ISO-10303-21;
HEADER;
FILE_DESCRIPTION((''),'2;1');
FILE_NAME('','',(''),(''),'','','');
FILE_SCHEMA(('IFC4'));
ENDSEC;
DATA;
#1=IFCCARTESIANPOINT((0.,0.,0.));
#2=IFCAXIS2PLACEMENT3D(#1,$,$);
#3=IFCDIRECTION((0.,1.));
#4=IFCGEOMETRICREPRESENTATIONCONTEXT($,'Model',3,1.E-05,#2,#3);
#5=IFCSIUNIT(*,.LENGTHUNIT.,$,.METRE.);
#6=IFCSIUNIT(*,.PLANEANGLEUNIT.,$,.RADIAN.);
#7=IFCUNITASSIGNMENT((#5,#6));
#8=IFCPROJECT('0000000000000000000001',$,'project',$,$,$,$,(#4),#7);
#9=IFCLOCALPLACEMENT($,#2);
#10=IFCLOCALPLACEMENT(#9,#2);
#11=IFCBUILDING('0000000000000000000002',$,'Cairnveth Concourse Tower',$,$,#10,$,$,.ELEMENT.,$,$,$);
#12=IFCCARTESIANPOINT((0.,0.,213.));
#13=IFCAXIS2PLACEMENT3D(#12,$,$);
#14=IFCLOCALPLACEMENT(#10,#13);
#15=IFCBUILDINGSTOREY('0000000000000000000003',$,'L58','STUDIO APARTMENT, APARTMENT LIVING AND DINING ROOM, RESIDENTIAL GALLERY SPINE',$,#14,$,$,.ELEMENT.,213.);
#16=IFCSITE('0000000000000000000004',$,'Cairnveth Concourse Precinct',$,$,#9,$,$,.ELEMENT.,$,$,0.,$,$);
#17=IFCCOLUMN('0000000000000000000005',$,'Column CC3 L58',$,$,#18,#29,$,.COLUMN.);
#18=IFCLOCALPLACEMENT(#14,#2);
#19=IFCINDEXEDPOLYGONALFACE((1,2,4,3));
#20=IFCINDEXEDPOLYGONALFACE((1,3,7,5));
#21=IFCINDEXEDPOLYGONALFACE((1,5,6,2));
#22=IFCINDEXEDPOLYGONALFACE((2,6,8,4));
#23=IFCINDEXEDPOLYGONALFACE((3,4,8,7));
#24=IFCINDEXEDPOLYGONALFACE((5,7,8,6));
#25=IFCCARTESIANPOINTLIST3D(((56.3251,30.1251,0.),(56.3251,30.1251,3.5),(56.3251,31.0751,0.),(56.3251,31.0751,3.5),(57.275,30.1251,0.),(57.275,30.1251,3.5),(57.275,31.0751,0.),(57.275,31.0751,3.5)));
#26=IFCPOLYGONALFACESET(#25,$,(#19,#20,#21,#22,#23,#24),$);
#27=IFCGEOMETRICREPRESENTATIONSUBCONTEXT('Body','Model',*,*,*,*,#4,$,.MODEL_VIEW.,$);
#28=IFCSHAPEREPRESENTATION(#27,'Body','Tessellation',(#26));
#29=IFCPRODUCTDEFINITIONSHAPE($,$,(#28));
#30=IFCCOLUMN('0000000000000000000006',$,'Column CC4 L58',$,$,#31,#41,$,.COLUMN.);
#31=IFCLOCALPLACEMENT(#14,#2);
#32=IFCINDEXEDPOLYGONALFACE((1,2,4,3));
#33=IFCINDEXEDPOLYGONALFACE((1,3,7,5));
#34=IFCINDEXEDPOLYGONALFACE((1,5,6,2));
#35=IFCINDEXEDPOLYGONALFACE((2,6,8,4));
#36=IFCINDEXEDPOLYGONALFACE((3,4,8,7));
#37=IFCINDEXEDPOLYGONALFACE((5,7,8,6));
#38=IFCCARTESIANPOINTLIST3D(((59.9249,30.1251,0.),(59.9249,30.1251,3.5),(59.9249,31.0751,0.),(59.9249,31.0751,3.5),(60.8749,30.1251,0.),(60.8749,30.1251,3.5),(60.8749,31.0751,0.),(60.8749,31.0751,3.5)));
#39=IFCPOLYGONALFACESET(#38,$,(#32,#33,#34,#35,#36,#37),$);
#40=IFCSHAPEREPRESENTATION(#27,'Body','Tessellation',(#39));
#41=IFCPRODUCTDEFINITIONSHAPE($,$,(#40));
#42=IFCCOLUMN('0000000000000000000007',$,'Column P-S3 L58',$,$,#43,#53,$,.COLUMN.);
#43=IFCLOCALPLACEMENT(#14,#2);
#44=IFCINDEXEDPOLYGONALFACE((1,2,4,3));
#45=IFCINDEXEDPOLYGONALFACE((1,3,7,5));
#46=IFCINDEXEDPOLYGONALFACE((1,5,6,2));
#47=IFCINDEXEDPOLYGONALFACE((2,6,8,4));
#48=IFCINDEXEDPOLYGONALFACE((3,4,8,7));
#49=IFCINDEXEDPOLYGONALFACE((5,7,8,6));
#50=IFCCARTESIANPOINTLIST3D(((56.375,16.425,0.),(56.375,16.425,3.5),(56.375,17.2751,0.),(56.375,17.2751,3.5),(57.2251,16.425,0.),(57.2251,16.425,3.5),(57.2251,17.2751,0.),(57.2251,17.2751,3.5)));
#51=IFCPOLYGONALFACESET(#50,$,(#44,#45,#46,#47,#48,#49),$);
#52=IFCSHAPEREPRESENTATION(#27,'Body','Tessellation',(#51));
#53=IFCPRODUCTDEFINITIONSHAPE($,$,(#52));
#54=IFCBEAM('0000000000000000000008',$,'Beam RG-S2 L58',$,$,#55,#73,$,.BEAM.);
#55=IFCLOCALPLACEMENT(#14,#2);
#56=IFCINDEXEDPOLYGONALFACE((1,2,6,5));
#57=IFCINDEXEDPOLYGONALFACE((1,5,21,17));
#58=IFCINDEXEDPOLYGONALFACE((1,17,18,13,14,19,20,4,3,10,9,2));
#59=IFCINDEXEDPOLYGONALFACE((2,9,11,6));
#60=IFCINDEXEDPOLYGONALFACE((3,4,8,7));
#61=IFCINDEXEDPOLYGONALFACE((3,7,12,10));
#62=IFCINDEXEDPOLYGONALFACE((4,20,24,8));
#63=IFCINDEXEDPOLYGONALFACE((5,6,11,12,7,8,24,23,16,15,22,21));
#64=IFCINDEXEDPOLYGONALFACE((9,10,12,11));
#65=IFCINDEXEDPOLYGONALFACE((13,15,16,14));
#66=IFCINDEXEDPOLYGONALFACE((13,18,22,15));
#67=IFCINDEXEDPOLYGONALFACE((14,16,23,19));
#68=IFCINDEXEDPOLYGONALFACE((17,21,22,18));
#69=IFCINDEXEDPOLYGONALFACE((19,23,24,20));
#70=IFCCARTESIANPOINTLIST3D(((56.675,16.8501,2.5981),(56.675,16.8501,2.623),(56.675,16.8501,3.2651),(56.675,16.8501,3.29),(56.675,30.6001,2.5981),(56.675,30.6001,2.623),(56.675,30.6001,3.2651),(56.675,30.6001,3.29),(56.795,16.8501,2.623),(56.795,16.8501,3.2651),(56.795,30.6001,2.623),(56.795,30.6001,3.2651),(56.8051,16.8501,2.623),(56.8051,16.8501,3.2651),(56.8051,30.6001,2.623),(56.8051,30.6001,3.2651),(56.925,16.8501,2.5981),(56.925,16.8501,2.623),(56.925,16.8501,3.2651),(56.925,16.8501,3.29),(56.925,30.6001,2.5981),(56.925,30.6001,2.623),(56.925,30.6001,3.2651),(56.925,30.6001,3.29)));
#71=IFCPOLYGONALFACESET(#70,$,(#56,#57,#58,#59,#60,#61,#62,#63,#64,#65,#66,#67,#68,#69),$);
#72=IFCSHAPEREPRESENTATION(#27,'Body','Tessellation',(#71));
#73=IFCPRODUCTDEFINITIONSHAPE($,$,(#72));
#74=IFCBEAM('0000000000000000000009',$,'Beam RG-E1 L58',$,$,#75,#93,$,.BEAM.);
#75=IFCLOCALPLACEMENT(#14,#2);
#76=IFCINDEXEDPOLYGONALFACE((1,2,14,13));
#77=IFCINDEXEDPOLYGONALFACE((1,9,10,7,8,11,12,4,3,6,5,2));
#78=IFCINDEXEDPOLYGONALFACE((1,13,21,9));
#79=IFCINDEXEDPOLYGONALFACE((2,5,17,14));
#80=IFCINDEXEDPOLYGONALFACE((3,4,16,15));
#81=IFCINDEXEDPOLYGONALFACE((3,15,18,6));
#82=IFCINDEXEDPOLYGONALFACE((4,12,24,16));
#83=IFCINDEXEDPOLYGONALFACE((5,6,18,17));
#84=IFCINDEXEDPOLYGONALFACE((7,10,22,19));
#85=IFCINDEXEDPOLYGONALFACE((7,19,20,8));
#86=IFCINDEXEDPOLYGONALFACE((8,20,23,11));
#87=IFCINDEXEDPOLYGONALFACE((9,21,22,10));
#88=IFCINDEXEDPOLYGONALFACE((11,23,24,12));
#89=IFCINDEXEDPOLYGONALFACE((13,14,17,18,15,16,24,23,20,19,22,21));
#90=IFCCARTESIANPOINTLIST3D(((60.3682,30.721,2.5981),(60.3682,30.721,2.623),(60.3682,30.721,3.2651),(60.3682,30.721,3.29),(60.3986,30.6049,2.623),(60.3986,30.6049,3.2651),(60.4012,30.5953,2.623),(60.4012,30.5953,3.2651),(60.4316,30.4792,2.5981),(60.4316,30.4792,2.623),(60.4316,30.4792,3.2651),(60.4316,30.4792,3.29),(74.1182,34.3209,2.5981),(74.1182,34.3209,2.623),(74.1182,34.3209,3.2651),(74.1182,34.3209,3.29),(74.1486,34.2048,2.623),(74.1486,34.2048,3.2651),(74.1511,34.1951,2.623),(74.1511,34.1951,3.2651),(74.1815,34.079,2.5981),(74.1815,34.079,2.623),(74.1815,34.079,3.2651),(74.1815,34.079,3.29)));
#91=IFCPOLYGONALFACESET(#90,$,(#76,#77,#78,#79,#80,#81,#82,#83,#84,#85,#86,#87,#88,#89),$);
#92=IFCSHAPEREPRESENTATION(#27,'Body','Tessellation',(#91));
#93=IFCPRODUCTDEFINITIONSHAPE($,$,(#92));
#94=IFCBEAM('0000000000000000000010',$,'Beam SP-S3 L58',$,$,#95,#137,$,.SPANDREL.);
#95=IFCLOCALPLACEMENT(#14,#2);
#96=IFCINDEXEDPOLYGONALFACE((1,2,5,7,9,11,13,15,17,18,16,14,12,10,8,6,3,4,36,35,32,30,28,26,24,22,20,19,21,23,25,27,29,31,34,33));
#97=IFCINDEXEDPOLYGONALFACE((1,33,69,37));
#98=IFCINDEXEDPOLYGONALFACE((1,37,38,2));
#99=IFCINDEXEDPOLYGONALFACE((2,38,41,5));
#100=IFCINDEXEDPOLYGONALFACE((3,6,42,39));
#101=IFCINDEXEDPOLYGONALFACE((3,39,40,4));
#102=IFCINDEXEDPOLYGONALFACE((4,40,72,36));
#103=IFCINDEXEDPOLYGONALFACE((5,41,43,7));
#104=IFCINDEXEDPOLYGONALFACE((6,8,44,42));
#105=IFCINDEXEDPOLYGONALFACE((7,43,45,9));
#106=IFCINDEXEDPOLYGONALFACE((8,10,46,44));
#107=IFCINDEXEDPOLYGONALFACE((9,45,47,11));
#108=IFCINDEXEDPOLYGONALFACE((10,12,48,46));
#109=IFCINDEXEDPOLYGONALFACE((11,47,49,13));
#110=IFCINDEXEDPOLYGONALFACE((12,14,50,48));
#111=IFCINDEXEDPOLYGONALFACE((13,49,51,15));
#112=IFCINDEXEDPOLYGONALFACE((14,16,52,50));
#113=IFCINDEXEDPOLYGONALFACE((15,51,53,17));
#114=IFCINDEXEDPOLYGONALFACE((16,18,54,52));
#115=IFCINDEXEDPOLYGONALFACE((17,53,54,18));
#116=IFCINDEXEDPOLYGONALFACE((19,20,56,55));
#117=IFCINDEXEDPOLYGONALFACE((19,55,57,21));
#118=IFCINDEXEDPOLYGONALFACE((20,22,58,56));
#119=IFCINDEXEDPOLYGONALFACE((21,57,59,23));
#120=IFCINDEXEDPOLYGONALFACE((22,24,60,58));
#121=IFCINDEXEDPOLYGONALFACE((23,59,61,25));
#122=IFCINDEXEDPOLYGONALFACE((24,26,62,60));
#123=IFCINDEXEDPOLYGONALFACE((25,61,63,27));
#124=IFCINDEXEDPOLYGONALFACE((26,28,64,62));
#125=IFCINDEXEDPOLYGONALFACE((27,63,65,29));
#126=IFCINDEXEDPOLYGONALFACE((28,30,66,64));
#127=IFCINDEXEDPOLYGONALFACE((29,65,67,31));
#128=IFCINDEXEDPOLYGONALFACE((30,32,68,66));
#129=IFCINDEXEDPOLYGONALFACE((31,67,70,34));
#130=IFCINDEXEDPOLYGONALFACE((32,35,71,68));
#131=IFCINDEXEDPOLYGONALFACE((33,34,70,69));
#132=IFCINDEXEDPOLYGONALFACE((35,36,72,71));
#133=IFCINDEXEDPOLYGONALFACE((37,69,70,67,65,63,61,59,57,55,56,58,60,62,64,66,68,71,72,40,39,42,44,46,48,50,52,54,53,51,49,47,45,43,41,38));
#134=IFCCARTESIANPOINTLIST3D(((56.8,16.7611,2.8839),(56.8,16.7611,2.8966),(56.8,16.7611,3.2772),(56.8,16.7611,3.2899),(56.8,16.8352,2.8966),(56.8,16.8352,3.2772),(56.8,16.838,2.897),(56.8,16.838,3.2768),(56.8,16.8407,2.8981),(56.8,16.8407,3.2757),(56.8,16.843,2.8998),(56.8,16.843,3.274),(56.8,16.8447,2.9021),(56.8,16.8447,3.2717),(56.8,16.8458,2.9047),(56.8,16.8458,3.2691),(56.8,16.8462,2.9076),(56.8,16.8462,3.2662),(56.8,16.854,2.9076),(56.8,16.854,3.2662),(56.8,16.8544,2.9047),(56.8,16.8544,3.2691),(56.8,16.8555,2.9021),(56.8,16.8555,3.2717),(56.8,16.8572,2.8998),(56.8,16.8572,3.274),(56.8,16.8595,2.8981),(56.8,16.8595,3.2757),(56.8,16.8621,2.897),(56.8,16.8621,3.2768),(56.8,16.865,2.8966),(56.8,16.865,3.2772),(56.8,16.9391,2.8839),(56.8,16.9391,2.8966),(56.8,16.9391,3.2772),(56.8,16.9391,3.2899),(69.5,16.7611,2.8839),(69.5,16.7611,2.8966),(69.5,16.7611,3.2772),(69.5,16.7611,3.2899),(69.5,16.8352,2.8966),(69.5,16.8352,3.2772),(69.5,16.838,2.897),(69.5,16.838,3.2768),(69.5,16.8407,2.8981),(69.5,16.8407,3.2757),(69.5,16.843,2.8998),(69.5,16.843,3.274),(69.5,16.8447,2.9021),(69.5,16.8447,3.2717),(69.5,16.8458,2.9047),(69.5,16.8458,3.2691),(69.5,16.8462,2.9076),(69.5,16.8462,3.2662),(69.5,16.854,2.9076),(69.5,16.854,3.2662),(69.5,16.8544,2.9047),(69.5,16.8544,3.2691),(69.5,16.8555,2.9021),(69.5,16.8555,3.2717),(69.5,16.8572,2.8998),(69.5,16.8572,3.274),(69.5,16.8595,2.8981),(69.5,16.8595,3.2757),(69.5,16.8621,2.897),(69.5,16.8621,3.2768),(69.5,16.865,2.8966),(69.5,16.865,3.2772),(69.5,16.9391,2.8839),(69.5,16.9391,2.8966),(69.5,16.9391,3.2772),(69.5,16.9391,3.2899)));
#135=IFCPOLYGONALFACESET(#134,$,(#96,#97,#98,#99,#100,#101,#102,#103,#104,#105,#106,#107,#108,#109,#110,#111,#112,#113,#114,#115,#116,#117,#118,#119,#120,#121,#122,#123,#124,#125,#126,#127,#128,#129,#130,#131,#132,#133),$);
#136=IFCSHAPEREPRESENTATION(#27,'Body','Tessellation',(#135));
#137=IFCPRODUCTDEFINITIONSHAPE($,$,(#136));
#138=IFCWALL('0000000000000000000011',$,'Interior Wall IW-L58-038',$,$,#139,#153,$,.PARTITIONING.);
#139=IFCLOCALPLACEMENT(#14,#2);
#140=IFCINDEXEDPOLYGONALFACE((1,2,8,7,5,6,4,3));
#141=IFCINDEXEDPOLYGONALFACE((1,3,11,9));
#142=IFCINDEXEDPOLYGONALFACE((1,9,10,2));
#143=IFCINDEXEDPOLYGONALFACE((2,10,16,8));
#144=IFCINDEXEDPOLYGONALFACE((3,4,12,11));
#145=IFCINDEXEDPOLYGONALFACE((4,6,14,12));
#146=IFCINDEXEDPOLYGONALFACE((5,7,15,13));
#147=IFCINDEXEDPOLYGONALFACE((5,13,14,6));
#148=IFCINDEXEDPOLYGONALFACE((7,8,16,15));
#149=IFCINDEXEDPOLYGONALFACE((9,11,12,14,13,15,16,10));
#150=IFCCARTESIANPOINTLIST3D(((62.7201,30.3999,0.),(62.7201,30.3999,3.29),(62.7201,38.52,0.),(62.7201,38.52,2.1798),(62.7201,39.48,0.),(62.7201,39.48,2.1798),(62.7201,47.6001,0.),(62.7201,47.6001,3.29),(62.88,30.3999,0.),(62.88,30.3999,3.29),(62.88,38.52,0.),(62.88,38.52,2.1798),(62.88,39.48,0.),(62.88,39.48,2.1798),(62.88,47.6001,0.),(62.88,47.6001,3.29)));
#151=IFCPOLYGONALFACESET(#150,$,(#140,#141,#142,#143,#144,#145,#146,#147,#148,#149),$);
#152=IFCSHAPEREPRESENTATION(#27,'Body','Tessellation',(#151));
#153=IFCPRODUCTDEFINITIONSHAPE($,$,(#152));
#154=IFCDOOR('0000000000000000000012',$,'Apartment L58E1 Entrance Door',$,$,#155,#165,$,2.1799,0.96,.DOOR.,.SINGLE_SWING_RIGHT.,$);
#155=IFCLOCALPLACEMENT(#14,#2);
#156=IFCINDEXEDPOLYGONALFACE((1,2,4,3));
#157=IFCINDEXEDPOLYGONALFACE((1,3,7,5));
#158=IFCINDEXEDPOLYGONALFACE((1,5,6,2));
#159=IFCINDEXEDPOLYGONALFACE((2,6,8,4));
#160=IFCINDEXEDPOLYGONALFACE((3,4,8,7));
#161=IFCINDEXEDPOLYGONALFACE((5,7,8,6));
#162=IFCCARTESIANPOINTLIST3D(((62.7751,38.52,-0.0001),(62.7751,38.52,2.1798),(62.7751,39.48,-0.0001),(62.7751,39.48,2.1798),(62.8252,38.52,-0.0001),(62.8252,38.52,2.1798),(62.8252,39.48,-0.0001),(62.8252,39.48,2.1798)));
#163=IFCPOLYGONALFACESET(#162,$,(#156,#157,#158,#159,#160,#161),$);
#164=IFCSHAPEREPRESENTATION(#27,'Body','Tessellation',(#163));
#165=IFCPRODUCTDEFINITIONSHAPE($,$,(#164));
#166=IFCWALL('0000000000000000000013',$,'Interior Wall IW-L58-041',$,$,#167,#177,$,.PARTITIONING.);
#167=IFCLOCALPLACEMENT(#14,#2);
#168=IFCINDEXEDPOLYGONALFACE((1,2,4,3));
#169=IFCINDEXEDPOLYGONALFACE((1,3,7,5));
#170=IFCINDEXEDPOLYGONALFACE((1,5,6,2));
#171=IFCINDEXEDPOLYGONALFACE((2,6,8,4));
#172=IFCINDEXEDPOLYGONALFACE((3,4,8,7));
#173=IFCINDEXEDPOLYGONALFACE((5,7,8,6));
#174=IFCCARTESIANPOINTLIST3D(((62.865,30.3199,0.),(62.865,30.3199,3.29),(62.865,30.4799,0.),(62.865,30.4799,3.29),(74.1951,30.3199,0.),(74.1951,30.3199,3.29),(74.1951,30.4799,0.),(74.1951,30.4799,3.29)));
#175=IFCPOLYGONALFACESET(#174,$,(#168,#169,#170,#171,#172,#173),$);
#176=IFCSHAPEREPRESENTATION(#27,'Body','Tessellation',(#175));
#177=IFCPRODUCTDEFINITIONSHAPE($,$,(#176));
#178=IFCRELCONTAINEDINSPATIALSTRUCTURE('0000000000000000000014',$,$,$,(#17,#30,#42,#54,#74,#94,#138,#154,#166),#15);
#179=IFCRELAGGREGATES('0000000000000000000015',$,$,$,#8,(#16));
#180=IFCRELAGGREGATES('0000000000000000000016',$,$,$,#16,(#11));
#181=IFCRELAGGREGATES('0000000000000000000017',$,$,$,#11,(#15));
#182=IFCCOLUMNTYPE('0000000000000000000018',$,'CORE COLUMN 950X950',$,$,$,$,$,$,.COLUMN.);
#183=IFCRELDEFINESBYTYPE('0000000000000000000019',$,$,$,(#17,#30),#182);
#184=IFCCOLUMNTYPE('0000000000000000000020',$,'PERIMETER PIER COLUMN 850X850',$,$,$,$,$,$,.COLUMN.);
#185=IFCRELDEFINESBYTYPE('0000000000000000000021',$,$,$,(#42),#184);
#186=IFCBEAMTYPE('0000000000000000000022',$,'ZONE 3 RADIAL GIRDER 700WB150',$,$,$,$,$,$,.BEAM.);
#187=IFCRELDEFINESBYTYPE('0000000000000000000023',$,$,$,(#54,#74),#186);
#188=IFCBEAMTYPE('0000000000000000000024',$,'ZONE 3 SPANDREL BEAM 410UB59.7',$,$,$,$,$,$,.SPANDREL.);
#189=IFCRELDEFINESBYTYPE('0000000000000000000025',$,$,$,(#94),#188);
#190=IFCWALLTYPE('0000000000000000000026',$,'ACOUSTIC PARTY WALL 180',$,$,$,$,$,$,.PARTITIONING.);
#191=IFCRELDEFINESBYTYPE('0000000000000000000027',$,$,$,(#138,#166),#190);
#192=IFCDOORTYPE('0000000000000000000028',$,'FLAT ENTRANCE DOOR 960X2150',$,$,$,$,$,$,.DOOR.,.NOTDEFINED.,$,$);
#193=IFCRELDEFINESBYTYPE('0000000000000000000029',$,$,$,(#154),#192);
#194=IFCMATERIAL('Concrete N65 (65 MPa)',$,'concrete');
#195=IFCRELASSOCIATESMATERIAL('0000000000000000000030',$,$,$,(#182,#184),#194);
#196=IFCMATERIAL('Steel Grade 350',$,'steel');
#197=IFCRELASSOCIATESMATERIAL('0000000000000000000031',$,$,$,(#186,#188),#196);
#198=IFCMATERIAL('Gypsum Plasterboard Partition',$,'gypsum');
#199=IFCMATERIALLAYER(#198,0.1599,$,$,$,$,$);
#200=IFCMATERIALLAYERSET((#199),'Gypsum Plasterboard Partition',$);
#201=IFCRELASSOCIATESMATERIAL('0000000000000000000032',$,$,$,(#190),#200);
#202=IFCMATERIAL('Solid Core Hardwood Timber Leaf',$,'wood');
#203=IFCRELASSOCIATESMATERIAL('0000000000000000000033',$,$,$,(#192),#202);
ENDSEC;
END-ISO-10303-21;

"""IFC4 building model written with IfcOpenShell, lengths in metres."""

from ifc_helpers import new_model, si_unit, direction, frame, frame_2d, origin, origin_2d, place, context, subcontext, project, spatial, rectangle, i_section, extrude, material, layer, layer_set, material_profile, profile_set, type_object, element, fill, save


model = new_model("IFC4")

# Units and contexts
model_context = context("Model", 3, precision=1e-05, world=origin(), true_north=direction((0.0, 1.0)))
body_context = subcontext(model_context, "Body", "Model", "MODEL_VIEW")
ifc_project = project(units=[si_unit("LENGTHUNIT", "METRE"), si_unit("PLANEANGLEUNIT", "RADIAN")], contexts=[model_context])

# Site, building, storey
site_placement = place(None, origin())
site = spatial("IfcSite", under=ifc_project, at=site_placement, Name="Cairnveth Concourse Precinct", CompositionType="ELEMENT", RefElevation=0.0)
building_placement = place(site_placement, origin())
building = spatial("IfcBuilding", under=site, at=building_placement, Name="Cairnveth Concourse Tower", CompositionType="ELEMENT")
storey_placement = place(building_placement, frame((0.0, 0.0, 213.0)))
storey = spatial("IfcBuildingStorey", under=building, at=storey_placement, Name="L58", Description="STUDIO APARTMENT, APARTMENT LIVING AND DINING ROOM, RESIDENTIAL GALLERY SPINE", CompositionType="ELEMENT", Elevation=213.0)

# Columns
ifc_material_1 = material(Name="Concrete N65 (65 MPa)", Category="concrete")
ifc_material_profile_1 = material_profile(ifc_material_1, rectangle(XDim=0.95, YDim=0.95, at=origin_2d()), Name="RC-COL-950x950")
ifc_profile_set_1 = profile_set([ifc_material_profile_1], Name="Concrete N65 (65 MPa)")
column_type_1 = type_object("IfcColumnType", Name="CORE COLUMN 950X950", PredefinedType="COLUMN", material=ifc_profile_set_1)
for number, where, z_axis, x_axis, name in (
    (1, (56.8, 30.6001, 0.0), (0.0, 0.0, 1.0), (1.0, 0.0, 0.0), "Column CC3 L58"),
    (2, (60.3999, 30.6001, 0.0), (0.0, 0.0, 1.0), (1.0, 0.0, 0.0), "Column CC4 L58"),
):
    element("IfcColumn", number, at=place(storey_placement, frame(where, z_axis=z_axis, x_axis=x_axis)), inside=storey, type_object=column_type_1, Name=name, PredefinedType="COLUMN", context=body_context, shape_type="SweptSolid", body=[
        extrude(rectangle(XDim=0.95, YDim=0.95, at=origin_2d()), origin(), (0.0, 0.0, 1.0), 3.5),
    ])
ifc_material_profile_2 = material_profile(ifc_material_1, rectangle(XDim=0.8501, YDim=0.8501, at=origin_2d()), Name="RC-COL-850x850")
ifc_profile_set_2 = profile_set([ifc_material_profile_2], Name="Concrete N65 (65 MPa)")
column_type_2 = type_object("IfcColumnType", Name="PERIMETER PIER COLUMN 850X850", PredefinedType="COLUMN", material=ifc_profile_set_2)
column_placement = place(storey_placement, frame((56.8, 16.8501, 0.0), z_axis=(0.0, 0.0, 1.0), x_axis=(1.0, 0.0, 0.0)))
element("IfcColumn", 3, at=column_placement, inside=storey, type_object=column_type_2, Name="Column P-S3 L58", PredefinedType="COLUMN", context=body_context, shape_type="SweptSolid", body=[
    extrude(rectangle(XDim=0.8501, YDim=0.8501, at=origin_2d()), origin(), (0.0, 0.0, 1.0), 3.5),
])

# Beams
ifc_material_2 = material(Name="Steel Grade 350", Category="steel")
ifc_material_profile_3 = material_profile(ifc_material_2, i_section(OverallWidth=0.25, OverallDepth=0.6919, WebThickness=0.01, FlangeThickness=0.0249, at=origin_2d()), Name="700WB150")
ifc_profile_set_3 = profile_set([ifc_material_profile_3], Name="Steel Grade 350")
beam_type_1 = type_object("IfcBeamType", Name="ZONE 3 RADIAL GIRDER 700WB150", PredefinedType="BEAM", material=ifc_profile_set_3)
beam_1_placement = place(storey_placement, frame((56.8, 16.8501, 2.9441), z_axis=(0.0, 1.0, 0.0), x_axis=(-1.0, 0.0, 0.0)))
element("IfcBeam", 4, at=beam_1_placement, inside=storey, type_object=beam_type_1, Name="Beam RG-S2 L58", PredefinedType="BEAM", context=body_context, shape_type="SweptSolid", body=[
    extrude(i_section(OverallWidth=0.25, OverallDepth=0.6919, WebThickness=0.01, FlangeThickness=0.0249, at=origin_2d()), origin(), (0.0, 0.0, 1.0), 13.75),
])
beam_2_placement = place(storey_placement, frame((60.3999, 30.6001, 2.9441), z_axis=(0.967395, 0.253271, 0.0), x_axis=(-0.253271, 0.967395, 0.0)))
element("IfcBeam", 5, at=beam_2_placement, inside=storey, type_object=beam_type_1, Name="Beam RG-E1 L58", PredefinedType="BEAM", context=body_context, shape_type="SweptSolid", body=[
    extrude(i_section(OverallWidth=0.25, OverallDepth=0.6919, WebThickness=0.01, FlangeThickness=0.0249, at=origin_2d()), origin(), (0.0, 0.0, 1.0), 14.2134),
])
ifc_material_profile_4 = material_profile(ifc_material_2, i_section(OverallWidth=0.178, OverallDepth=0.406, WebThickness=0.0078, FlangeThickness=0.0127, FilletRadius=0.011, at=origin_2d()), Name="410UB59.7")
ifc_profile_set_4 = profile_set([ifc_material_profile_4], Name="Steel Grade 350")
beam_type_2 = type_object("IfcBeamType", Name="ZONE 3 SPANDREL BEAM 410UB59.7", PredefinedType="SPANDREL", material=ifc_profile_set_4)
beam_3_placement = place(storey_placement, frame((56.8, 16.8501, 3.0869), z_axis=(1.0, 0.0, 0.0), x_axis=(0.0, 1.0, 0.0)))
element("IfcBeam", 6, at=beam_3_placement, inside=storey, type_object=beam_type_2, Name="Beam SP-S3 L58", PredefinedType="SPANDREL", context=body_context, shape_type="SweptSolid", body=[
    extrude(i_section(OverallWidth=0.178, OverallDepth=0.406, WebThickness=0.0078, FlangeThickness=0.0127, FilletRadius=0.011, at=origin_2d()), origin(), (0.0, 0.0, 1.0), 12.7),
])

# Wall, opening, door
ifc_material_3 = material(Name="Gypsum Plasterboard Partition", Category="gypsum")
ifc_layer_1 = layer(ifc_material_3, 0.1599)
ifc_layer_set_1 = layer_set([ifc_layer_1], Name="Gypsum Plasterboard Partition")
wall_type_1 = type_object("IfcWallType", Name="ACOUSTIC PARTY WALL 180", PredefinedType="PARTITIONING", material=ifc_layer_set_1)
wall_1_placement = place(storey_placement, frame((62.8, 30.3999, 0.0), z_axis=(0.0, 0.0, 1.0), x_axis=(0.0, 1.0, 0.0)))
wall_1 = element("IfcWall", 7, at=wall_1_placement, inside=storey, type_object=wall_type_1, Name="Interior Wall IW-L58-038", PredefinedType="PARTITIONING", context=body_context, shape_type="SweptSolid", body=[
    extrude(rectangle(XDim=17.2002, YDim=0.1599, at=frame_2d((8.6001, 0.0))), origin(), (0.0, 0.0, 1.0), 3.29),
])
opening_1_placement = place(wall_1_placement, frame((8.1201, 0.0, 0.0)))
opening_1 = element("IfcOpeningElement", 8, at=opening_1_placement, cuts=wall_1, PredefinedType="OPENING", context=body_context, shape_type="SweptSolid", body=[
    extrude(rectangle(XDim=0.96, YDim=2.1799, at=frame_2d((0.48, 1.0898))), frame((0.0, 0.0898, 0.0), z_axis=(0.0, -1.0, 0.0), x_axis=(1.0, 0.0, 0.0)), (0.0, 0.0, 1.0), 0.1799),
])
ifc_material_4 = material(Name="Solid Core Hardwood Timber Leaf", Category="wood")
door_type_1 = type_object("IfcDoorType", Name="FLAT ENTRANCE DOOR 960X2150", OperationType="NOTDEFINED", PredefinedType="DOOR", material=ifc_material_4)
door_1_placement = place(opening_1_placement, origin())
door_1 = element("IfcDoor", 9, at=door_1_placement, inside=storey, type_object=door_type_1, Name="Apartment L58E1 Entrance Door", OperationType="SINGLE_SWING_RIGHT", OverallHeight=2.1799, OverallWidth=0.96, PredefinedType="DOOR", context=body_context, shape_type="SweptSolid", body=[
    extrude(rectangle(XDim=0.96, YDim=2.1799, at=frame_2d((0.48, 1.0898))), frame((0.0, 0.0249, 0.0), z_axis=(0.0, -1.0, 0.0), x_axis=(1.0, 0.0, 0.0)), (0.0, 0.0, 1.0), 0.05),
])
fill(opening_1, door_1)

# Wall
wall_2_placement = place(storey_placement, frame((62.865, 30.3999, 0.0), z_axis=(0.0, 0.0, 1.0), x_axis=(1.0, 0.0, 0.0)))
element("IfcWall", 10, at=wall_2_placement, inside=storey, type_object=wall_type_1, Name="Interior Wall IW-L58-041", PredefinedType="PARTITIONING", context=body_context, shape_type="SweptSolid", body=[
    extrude(rectangle(XDim=11.3301, YDim=0.1599, at=frame_2d((5.665, 0.0))), origin(), (0.0, 0.0, 1.0), 3.29),
])

save(model, "model.ifc")
